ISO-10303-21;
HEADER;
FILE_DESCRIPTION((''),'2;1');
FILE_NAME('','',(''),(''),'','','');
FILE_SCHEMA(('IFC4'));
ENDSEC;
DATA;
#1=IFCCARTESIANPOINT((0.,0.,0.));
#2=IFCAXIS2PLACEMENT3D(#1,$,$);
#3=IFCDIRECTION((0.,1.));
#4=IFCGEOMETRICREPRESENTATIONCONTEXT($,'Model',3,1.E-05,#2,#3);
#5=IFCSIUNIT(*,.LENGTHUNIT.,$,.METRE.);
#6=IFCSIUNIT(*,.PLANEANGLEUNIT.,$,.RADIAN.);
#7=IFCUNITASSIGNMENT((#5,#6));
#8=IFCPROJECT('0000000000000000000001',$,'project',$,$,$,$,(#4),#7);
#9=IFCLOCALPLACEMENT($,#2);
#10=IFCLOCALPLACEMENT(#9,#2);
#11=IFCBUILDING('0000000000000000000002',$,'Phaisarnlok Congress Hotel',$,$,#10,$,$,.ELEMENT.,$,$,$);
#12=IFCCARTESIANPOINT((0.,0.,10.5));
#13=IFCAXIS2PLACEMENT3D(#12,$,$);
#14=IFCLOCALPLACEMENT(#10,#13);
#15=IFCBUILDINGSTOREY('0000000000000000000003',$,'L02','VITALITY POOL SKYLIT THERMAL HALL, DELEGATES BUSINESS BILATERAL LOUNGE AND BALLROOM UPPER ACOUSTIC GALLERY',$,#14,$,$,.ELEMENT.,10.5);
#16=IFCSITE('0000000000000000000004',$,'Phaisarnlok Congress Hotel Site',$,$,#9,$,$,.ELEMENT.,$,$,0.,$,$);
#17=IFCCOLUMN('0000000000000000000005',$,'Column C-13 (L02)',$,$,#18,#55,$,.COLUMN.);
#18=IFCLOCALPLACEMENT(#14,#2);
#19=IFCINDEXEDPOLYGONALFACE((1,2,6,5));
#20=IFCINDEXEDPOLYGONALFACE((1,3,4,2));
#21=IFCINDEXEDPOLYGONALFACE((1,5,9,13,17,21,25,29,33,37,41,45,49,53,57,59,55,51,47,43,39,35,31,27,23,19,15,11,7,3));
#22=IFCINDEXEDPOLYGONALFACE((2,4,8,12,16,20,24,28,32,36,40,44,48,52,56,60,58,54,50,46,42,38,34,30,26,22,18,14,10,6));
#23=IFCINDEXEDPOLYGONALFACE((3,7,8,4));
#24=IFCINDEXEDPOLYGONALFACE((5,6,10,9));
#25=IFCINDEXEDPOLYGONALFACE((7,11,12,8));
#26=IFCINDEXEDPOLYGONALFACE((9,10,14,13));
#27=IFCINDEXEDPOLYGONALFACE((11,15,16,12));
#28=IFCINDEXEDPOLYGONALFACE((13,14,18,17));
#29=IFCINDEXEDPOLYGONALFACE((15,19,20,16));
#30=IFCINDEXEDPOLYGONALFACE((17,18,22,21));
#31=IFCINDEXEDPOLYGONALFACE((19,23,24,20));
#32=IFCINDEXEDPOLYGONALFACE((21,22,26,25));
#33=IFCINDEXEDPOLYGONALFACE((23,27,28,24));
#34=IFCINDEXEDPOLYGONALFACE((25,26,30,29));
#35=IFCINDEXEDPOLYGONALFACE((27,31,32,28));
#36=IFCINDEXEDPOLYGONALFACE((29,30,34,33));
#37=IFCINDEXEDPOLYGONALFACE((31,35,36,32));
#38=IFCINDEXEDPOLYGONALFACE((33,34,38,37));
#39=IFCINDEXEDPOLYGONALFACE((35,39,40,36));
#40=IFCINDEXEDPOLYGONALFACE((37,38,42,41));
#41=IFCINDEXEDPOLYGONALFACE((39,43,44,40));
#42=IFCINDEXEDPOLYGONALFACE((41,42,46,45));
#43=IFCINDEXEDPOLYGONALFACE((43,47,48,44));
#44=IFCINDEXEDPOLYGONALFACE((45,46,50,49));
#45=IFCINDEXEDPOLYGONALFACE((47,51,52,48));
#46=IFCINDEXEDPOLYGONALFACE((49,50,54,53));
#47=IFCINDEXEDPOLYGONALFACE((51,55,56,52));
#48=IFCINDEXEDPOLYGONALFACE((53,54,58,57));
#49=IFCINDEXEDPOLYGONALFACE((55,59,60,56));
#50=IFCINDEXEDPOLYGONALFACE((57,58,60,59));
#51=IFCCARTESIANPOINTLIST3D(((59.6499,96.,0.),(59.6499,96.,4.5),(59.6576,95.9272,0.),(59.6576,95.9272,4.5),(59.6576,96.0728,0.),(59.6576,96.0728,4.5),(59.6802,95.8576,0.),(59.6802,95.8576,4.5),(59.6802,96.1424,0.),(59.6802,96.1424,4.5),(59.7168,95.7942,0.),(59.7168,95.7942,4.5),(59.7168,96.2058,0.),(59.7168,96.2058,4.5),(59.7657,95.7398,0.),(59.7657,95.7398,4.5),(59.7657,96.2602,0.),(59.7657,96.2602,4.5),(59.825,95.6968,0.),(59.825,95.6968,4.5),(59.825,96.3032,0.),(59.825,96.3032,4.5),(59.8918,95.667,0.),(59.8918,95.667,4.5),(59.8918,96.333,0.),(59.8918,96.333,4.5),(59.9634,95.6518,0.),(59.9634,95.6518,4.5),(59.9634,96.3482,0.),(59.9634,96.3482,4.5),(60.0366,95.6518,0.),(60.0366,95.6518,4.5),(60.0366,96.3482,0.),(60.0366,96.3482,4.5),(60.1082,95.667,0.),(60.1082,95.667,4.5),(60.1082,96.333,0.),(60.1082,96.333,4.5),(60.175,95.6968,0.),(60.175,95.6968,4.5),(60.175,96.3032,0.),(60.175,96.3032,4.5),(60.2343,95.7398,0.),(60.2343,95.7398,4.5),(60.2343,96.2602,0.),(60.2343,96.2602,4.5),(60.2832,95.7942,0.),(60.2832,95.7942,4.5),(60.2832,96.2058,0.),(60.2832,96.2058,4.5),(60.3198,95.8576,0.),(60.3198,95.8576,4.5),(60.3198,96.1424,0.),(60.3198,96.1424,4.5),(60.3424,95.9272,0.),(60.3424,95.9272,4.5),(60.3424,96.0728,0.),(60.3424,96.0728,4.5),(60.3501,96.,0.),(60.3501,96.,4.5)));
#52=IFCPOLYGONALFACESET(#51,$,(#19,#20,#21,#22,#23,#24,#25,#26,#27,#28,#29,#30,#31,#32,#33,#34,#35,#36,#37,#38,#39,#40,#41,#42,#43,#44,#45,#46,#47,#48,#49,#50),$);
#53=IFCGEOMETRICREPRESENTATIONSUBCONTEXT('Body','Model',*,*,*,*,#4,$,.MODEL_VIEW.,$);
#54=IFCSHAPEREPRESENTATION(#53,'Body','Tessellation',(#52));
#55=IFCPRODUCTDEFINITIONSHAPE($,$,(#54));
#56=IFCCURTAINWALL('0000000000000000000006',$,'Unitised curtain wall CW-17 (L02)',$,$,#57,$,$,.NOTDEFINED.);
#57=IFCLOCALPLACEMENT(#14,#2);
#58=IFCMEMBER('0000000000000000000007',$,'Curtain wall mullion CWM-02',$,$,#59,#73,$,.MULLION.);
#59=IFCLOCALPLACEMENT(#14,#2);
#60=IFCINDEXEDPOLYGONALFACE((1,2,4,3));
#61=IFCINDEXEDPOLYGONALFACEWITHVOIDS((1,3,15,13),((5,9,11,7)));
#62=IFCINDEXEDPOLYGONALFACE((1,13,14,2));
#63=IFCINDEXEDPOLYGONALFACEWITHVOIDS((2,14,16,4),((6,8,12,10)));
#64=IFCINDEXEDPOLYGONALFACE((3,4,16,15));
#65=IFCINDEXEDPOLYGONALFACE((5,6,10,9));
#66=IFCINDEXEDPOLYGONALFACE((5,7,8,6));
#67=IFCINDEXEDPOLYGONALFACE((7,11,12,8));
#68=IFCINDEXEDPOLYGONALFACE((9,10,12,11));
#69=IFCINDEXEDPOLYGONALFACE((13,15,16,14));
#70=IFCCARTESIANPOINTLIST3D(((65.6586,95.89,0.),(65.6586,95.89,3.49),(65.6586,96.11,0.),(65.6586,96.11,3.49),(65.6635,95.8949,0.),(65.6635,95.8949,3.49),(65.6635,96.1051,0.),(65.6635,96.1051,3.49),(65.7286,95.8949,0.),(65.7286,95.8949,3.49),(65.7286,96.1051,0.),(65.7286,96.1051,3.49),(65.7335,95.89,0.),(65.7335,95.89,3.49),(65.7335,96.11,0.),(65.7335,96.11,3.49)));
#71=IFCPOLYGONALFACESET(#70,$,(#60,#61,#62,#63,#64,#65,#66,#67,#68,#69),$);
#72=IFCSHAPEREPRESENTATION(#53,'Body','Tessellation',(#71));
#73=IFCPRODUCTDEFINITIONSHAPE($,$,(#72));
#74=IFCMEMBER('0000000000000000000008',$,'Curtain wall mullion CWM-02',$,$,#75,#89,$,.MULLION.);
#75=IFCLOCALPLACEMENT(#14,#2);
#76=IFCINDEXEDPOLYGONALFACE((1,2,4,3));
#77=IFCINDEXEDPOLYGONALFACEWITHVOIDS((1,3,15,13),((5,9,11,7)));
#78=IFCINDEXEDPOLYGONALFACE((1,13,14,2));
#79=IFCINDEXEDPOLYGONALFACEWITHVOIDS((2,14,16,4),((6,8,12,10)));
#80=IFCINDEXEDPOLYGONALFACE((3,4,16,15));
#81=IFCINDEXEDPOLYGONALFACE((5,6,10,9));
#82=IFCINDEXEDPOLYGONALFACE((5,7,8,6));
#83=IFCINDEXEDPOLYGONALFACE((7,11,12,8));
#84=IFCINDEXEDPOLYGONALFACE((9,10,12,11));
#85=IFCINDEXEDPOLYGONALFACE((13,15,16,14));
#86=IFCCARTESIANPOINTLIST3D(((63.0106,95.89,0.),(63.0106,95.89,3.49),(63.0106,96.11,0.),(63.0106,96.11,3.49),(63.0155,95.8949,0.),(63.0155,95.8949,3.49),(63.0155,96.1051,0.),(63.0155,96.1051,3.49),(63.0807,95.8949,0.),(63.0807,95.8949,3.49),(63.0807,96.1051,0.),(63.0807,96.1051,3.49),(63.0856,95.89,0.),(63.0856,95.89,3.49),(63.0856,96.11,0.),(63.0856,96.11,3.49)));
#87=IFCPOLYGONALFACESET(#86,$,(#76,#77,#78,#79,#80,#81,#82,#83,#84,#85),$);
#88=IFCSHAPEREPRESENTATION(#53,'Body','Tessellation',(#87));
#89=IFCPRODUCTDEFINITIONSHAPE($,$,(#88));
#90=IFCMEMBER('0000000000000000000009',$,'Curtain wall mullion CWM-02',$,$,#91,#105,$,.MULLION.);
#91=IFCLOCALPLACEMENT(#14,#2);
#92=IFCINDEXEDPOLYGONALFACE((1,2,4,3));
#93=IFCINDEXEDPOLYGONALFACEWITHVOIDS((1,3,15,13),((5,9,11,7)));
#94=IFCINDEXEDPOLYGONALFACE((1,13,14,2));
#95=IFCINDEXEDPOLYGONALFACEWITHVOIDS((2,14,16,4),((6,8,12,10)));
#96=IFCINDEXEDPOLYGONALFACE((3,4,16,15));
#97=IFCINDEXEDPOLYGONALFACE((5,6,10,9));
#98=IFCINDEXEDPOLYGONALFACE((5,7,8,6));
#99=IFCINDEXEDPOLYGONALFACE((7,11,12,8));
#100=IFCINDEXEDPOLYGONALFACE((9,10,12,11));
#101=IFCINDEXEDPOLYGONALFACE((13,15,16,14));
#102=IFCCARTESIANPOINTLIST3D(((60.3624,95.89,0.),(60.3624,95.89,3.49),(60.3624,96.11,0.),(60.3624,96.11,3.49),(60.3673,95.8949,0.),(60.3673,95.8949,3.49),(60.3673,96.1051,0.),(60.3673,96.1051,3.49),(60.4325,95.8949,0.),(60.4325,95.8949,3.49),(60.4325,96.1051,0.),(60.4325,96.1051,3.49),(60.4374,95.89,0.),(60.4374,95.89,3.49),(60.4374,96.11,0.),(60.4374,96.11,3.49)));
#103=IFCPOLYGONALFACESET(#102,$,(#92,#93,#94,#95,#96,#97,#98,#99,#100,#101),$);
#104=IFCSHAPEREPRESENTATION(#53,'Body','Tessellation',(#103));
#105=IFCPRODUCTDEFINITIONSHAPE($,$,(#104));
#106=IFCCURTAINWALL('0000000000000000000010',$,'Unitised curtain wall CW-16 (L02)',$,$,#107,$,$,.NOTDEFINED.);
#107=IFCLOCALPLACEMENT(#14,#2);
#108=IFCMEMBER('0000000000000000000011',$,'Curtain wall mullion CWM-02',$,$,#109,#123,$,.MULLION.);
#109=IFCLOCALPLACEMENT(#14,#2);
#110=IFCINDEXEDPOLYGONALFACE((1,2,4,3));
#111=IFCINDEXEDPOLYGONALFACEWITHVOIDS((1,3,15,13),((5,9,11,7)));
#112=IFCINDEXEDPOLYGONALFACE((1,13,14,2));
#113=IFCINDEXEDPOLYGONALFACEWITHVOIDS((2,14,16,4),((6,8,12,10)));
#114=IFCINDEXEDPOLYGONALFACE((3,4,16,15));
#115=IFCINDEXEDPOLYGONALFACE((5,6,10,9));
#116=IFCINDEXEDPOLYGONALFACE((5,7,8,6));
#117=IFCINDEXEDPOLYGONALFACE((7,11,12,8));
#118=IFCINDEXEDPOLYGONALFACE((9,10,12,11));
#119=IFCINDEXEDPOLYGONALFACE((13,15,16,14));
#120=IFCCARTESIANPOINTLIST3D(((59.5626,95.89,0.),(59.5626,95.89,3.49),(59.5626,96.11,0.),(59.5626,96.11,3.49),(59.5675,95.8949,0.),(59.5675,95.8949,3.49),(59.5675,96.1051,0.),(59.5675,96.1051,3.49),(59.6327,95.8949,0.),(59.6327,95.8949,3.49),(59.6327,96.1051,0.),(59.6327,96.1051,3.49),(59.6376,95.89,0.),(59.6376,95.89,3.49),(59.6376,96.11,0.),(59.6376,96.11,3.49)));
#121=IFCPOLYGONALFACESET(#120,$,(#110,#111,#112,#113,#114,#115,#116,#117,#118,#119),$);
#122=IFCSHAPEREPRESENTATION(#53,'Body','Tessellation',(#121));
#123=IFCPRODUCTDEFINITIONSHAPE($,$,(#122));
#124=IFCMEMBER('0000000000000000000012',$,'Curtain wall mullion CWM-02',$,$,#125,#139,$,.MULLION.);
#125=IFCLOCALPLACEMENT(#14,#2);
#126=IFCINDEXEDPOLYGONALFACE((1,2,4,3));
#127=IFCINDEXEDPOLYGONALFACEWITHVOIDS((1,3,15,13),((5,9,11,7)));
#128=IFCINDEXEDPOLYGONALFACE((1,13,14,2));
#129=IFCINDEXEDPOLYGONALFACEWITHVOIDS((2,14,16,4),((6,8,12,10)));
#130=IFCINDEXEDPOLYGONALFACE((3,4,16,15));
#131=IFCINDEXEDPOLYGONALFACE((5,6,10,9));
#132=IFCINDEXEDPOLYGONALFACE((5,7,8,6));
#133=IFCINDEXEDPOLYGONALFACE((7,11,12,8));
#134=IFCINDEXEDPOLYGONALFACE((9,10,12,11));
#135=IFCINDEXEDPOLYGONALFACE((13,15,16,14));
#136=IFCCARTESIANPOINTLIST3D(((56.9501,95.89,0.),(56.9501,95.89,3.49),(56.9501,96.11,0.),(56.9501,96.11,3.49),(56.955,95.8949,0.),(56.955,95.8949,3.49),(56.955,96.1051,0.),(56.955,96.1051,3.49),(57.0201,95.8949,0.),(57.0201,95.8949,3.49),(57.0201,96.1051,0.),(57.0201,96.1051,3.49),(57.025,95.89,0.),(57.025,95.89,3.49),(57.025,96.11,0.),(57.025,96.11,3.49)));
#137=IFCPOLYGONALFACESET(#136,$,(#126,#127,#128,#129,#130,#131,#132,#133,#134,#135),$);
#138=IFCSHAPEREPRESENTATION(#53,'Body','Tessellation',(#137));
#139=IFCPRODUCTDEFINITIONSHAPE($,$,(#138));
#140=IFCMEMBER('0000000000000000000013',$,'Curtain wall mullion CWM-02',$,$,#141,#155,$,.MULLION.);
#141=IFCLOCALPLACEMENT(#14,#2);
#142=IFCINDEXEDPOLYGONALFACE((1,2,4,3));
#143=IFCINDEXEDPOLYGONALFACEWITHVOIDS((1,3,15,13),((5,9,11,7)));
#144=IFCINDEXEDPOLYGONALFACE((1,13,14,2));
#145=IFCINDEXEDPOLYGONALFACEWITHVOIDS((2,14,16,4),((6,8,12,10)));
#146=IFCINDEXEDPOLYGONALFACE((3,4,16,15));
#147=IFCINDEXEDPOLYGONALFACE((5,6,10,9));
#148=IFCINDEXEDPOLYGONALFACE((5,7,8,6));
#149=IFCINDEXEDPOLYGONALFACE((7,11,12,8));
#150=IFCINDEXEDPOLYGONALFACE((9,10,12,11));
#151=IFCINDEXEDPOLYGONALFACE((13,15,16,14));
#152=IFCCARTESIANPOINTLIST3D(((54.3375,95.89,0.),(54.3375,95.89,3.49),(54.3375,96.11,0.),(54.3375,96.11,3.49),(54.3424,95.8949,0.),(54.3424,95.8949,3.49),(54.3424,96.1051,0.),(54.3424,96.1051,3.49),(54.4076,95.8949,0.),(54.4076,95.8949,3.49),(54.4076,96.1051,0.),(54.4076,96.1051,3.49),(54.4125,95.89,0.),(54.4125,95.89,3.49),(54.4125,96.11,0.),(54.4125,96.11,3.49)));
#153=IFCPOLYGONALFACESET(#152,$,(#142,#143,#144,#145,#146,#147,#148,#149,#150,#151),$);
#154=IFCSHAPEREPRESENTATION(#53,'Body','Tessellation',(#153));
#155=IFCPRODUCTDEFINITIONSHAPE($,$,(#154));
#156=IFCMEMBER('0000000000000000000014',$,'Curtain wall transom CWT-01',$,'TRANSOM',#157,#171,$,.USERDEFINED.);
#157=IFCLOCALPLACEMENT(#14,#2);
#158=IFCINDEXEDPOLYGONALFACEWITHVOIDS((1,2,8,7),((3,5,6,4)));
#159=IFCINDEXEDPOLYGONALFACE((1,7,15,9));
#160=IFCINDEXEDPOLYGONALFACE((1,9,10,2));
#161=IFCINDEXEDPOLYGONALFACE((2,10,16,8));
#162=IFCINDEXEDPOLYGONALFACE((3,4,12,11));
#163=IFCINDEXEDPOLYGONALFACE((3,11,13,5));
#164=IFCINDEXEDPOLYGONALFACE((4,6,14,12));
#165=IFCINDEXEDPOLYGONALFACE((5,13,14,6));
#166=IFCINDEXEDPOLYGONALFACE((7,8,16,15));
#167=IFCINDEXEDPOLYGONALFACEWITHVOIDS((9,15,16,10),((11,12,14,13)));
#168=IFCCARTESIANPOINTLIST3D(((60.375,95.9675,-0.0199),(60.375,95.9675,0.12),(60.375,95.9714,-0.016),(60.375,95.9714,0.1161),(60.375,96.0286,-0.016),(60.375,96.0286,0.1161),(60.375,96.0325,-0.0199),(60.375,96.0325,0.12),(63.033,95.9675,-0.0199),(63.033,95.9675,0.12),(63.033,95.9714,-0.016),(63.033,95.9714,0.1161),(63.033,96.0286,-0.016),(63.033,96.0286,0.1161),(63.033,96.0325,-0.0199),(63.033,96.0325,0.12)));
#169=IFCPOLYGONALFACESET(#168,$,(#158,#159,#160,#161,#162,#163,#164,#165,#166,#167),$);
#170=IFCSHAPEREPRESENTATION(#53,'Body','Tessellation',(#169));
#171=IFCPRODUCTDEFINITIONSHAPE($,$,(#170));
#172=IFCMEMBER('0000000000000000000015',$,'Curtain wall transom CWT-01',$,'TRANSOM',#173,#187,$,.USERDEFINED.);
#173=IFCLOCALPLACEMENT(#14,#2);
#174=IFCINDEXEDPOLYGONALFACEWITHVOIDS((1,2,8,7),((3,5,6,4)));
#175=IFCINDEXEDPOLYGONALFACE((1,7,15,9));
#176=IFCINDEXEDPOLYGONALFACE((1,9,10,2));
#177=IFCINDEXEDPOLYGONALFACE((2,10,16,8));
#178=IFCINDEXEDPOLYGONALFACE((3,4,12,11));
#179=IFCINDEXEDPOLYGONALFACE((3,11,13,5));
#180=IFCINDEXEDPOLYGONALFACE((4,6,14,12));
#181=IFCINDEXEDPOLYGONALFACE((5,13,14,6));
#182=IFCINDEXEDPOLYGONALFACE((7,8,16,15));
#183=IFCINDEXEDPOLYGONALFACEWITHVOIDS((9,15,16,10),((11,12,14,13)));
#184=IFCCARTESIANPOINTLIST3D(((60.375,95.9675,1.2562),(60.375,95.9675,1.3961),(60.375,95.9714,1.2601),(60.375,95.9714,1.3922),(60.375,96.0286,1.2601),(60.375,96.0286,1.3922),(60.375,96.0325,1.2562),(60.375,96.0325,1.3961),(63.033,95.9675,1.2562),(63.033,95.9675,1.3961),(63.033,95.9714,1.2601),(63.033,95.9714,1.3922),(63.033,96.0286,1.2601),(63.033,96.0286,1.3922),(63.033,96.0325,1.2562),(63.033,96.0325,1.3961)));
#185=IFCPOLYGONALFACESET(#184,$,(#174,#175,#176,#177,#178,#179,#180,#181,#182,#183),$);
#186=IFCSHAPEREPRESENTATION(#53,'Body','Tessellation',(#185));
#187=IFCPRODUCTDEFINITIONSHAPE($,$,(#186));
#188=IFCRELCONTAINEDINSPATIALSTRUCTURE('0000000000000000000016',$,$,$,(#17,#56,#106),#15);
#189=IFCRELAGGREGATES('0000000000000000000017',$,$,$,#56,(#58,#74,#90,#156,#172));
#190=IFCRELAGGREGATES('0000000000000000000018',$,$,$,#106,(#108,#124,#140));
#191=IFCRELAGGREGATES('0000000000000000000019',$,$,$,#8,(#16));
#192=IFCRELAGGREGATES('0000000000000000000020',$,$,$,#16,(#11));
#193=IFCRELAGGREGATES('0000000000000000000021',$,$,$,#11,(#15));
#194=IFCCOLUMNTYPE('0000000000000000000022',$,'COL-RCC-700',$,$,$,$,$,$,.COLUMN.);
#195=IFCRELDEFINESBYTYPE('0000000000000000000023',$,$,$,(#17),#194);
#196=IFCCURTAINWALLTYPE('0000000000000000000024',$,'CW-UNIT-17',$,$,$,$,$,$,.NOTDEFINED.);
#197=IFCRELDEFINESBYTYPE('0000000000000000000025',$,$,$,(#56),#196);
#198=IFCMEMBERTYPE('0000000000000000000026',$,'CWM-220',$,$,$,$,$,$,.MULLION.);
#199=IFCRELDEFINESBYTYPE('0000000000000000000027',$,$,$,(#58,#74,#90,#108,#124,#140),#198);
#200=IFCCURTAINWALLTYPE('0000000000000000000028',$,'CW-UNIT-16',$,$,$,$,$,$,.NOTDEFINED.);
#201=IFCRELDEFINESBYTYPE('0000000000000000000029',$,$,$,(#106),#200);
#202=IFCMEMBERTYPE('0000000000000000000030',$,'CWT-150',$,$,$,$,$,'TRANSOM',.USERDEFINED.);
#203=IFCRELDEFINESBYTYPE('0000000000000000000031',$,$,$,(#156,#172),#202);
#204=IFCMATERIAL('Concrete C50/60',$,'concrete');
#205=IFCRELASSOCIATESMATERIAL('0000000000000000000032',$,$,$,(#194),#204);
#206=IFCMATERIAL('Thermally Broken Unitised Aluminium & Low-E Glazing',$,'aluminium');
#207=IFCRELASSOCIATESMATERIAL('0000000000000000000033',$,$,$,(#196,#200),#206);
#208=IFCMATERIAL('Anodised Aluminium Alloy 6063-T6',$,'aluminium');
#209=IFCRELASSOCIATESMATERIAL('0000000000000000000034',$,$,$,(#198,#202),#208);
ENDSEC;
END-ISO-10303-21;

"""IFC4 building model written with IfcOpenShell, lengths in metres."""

from ifc_helpers import new_model, si_unit, direction, frame, origin, origin_2d, place, context, subcontext, project, spatial, hollow_rectangle, circle, extrude, material, material_profile, profile_set, type_object, element, aggregate, save


model = new_model("IFC4")

# Units and contexts
model_context = context("Model", 3, precision=1e-05, world=origin(), true_north=direction((0.0, 1.0)))
body_context = subcontext(model_context, "Body", "Model", "MODEL_VIEW")
ifc_project = project(units=[si_unit("LENGTHUNIT", "METRE"), si_unit("PLANEANGLEUNIT", "RADIAN")], contexts=[model_context])

# Site, building, storey
site_placement = place(None, origin())
site = spatial("IfcSite", under=ifc_project, at=site_placement, Name="Phaisarnlok Congress Hotel Site", CompositionType="ELEMENT", RefElevation=0.0)
building_placement = place(site_placement, origin())
building = spatial("IfcBuilding", under=site, at=building_placement, Name="Phaisarnlok Congress Hotel", CompositionType="ELEMENT")
storey_placement = place(building_placement, frame((0.0, 0.0, 10.5)))
storey = spatial("IfcBuildingStorey", under=building, at=storey_placement, Name="L02", Description="VITALITY POOL SKYLIT THERMAL HALL, DELEGATES BUSINESS BILATERAL LOUNGE AND BALLROOM UPPER ACOUSTIC GALLERY", CompositionType="ELEMENT", Elevation=10.5)

# Column
ifc_material_1 = material(Name="Concrete C50/60", Category="concrete")
ifc_material_profile_1 = material_profile(ifc_material_1, circle(Radius=0.3501, at=origin_2d()), Name="RCC D700")
ifc_profile_set_1 = profile_set([ifc_material_profile_1], Name="Concrete C50/60")
column_type = type_object("IfcColumnType", Name="COL-RCC-700", PredefinedType="COLUMN", material=ifc_profile_set_1)
column_placement = place(storey_placement, frame((60.0, 96.0, 0.0), z_axis=(0.0, 0.0, 1.0), x_axis=(1.0, 0.0, 0.0)))
element("IfcColumn", 1, at=column_placement, inside=storey, type_object=column_type, Name="Column C-13 (L02)", PredefinedType="COLUMN", context=body_context, shape_type="SweptSolid", body=[
    extrude(circle(Radius=0.3501, at=origin_2d()), origin(), (0.0, 0.0, 1.0), 4.5),
])

# Curtain walls, members
ifc_material_2 = material(Name="Thermally Broken Unitised Aluminium & Low-E Glazing", Category="aluminium")
curtain_wall_type_1 = type_object("IfcCurtainWallType", Name="CW-UNIT-17", PredefinedType="NOTDEFINED", material=ifc_material_2)
curtain_wall_1_placement = place(storey_placement, origin())
curtain_wall_1 = element("IfcCurtainWall", 2, at=curtain_wall_1_placement, inside=storey, type_object=curtain_wall_type_1, Name="Unitised curtain wall CW-17 (L02)", PredefinedType="NOTDEFINED")
ifc_material_3 = material(Name="Anodised Aluminium Alloy 6063-T6", Category="aluminium")
ifc_material_profile_2 = material_profile(ifc_material_3, hollow_rectangle(XDim=0.075, YDim=0.22, WallThickness=0.0049, at=origin_2d()), Name="ALU-M 75x220x5")
ifc_profile_set_2 = profile_set([ifc_material_profile_2], Name="Anodised Aluminium Alloy 6063-T6")
member_type_1 = type_object("IfcMemberType", Name="CWM-220", PredefinedType="MULLION", material=ifc_profile_set_2)
member_1_placement = place(storey_placement, frame((65.696, 96.0, 0.0), z_axis=(0.0, 0.0, 1.0), x_axis=(-1.0, 0.0, 0.0)))
member_1 = element("IfcMember", 3, at=member_1_placement, type_object=member_type_1, Name="Curtain wall mullion CWM-02", PredefinedType="MULLION", context=body_context, shape_type="SweptSolid", body=[
    extrude(hollow_rectangle(XDim=0.075, YDim=0.22, WallThickness=0.0049, at=origin_2d()), origin(), (0.0, 0.0, 1.0), 3.49),
])
member_2_placement = place(storey_placement, frame((63.0481, 96.0, 0.0), z_axis=(0.0, 0.0, 1.0), x_axis=(-1.0, 0.0, 0.0)))
member_2 = element("IfcMember", 4, at=member_2_placement, type_object=member_type_1, Name="Curtain wall mullion CWM-02", PredefinedType="MULLION", context=body_context, shape_type="SweptSolid", body=[
    extrude(hollow_rectangle(XDim=0.075, YDim=0.22, WallThickness=0.0049, at=origin_2d()), origin(), (0.0, 0.0, 1.0), 3.49),
])
member_3_placement = place(storey_placement, frame((60.3999, 96.0, 0.0), z_axis=(0.0, 0.0, 1.0), x_axis=(-1.0, 0.0, 0.0)))
member_3 = element("IfcMember", 5, at=member_3_placement, type_object=member_type_1, Name="Curtain wall mullion CWM-02", PredefinedType="MULLION", context=body_context, shape_type="SweptSolid", body=[
    extrude(hollow_rectangle(XDim=0.075, YDim=0.22, WallThickness=0.0049, at=origin_2d()), origin(), (0.0, 0.0, 1.0), 3.49),
])
curtain_wall_type_2 = type_object("IfcCurtainWallType", Name="CW-UNIT-16", PredefinedType="NOTDEFINED", material=ifc_material_2)
curtain_wall_2_placement = place(storey_placement, origin())
curtain_wall_2 = element("IfcCurtainWall", 6, at=curtain_wall_2_placement, inside=storey, type_object=curtain_wall_type_2, Name="Unitised curtain wall CW-16 (L02)", PredefinedType="NOTDEFINED")
member_4_placement = place(storey_placement, frame((59.6001, 96.0, 0.0), z_axis=(0.0, 0.0, 1.0), x_axis=(-1.0, 0.0, 0.0)))
member_4 = element("IfcMember", 7, at=member_4_placement, type_object=member_type_1, Name="Curtain wall mullion CWM-02", PredefinedType="MULLION", context=body_context, shape_type="SweptSolid", body=[
    extrude(hollow_rectangle(XDim=0.075, YDim=0.22, WallThickness=0.0049, at=origin_2d()), origin(), (0.0, 0.0, 1.0), 3.49),
])
member_5_placement = place(storey_placement, frame((56.9875, 96.0, 0.0), z_axis=(0.0, 0.0, 1.0), x_axis=(-1.0, 0.0, 0.0)))
member_5 = element("IfcMember", 8, at=member_5_placement, type_object=member_type_1, Name="Curtain wall mullion CWM-02", PredefinedType="MULLION", context=body_context, shape_type="SweptSolid", body=[
    extrude(hollow_rectangle(XDim=0.075, YDim=0.22, WallThickness=0.0049, at=origin_2d()), origin(), (0.0, 0.0, 1.0), 3.49),
])
member_6_placement = place(storey_placement, frame((54.375, 96.0, 0.0), z_axis=(0.0, 0.0, 1.0), x_axis=(-1.0, 0.0, 0.0)))
member_6 = element("IfcMember", 9, at=member_6_placement, type_object=member_type_1, Name="Curtain wall mullion CWM-02", PredefinedType="MULLION", context=body_context, shape_type="SweptSolid", body=[
    extrude(hollow_rectangle(XDim=0.075, YDim=0.22, WallThickness=0.0049, at=origin_2d()), origin(), (0.0, 0.0, 1.0), 3.49),
])

# Members
ifc_material_profile_3 = material_profile(ifc_material_3, hollow_rectangle(XDim=0.0649, YDim=0.1399, WallThickness=0.0039, at=origin_2d()), Name="ALU-T 65x140x4")
ifc_profile_set_3 = profile_set([ifc_material_profile_3], Name="Anodised Aluminium Alloy 6063-T6")
member_type_2 = type_object("IfcMemberType", Name="CWT-150", ElementType="TRANSOM", PredefinedType="USERDEFINED", material=ifc_profile_set_3)
member_7_placement = place(storey_placement, frame((63.033, 96.0, 0.05), z_axis=(-1.0, 0.0, 0.0), x_axis=(0.0, -1.0, 0.0)))
member_7 = element("IfcMember", 10, at=member_7_placement, type_object=member_type_2, Name="Curtain wall transom CWT-01", ObjectType="TRANSOM", PredefinedType="USERDEFINED", context=body_context, shape_type="SweptSolid", body=[
    extrude(hollow_rectangle(XDim=0.0649, YDim=0.1399, WallThickness=0.0039, at=origin_2d()), origin(), (0.0, 0.0, 1.0), 2.658),
])
member_8_placement = place(storey_placement, frame((63.033, 96.0, 1.3262), z_axis=(-1.0, 0.0, 0.0), x_axis=(0.0, -1.0, 0.0)))
member_8 = element("IfcMember", 11, at=member_8_placement, type_object=member_type_2, Name="Curtain wall transom CWT-01", ObjectType="TRANSOM", PredefinedType="USERDEFINED", context=body_context, shape_type="SweptSolid", body=[
    extrude(hollow_rectangle(XDim=0.0649, YDim=0.1399, WallThickness=0.0039, at=origin_2d()), origin(), (0.0, 0.0, 1.0), 2.658),
])

aggregate(curtain_wall_1, [member_1, member_2, member_3, member_7, member_8])
aggregate(curtain_wall_2, [member_4, member_5, member_6])

save(model, "model.ifc")
